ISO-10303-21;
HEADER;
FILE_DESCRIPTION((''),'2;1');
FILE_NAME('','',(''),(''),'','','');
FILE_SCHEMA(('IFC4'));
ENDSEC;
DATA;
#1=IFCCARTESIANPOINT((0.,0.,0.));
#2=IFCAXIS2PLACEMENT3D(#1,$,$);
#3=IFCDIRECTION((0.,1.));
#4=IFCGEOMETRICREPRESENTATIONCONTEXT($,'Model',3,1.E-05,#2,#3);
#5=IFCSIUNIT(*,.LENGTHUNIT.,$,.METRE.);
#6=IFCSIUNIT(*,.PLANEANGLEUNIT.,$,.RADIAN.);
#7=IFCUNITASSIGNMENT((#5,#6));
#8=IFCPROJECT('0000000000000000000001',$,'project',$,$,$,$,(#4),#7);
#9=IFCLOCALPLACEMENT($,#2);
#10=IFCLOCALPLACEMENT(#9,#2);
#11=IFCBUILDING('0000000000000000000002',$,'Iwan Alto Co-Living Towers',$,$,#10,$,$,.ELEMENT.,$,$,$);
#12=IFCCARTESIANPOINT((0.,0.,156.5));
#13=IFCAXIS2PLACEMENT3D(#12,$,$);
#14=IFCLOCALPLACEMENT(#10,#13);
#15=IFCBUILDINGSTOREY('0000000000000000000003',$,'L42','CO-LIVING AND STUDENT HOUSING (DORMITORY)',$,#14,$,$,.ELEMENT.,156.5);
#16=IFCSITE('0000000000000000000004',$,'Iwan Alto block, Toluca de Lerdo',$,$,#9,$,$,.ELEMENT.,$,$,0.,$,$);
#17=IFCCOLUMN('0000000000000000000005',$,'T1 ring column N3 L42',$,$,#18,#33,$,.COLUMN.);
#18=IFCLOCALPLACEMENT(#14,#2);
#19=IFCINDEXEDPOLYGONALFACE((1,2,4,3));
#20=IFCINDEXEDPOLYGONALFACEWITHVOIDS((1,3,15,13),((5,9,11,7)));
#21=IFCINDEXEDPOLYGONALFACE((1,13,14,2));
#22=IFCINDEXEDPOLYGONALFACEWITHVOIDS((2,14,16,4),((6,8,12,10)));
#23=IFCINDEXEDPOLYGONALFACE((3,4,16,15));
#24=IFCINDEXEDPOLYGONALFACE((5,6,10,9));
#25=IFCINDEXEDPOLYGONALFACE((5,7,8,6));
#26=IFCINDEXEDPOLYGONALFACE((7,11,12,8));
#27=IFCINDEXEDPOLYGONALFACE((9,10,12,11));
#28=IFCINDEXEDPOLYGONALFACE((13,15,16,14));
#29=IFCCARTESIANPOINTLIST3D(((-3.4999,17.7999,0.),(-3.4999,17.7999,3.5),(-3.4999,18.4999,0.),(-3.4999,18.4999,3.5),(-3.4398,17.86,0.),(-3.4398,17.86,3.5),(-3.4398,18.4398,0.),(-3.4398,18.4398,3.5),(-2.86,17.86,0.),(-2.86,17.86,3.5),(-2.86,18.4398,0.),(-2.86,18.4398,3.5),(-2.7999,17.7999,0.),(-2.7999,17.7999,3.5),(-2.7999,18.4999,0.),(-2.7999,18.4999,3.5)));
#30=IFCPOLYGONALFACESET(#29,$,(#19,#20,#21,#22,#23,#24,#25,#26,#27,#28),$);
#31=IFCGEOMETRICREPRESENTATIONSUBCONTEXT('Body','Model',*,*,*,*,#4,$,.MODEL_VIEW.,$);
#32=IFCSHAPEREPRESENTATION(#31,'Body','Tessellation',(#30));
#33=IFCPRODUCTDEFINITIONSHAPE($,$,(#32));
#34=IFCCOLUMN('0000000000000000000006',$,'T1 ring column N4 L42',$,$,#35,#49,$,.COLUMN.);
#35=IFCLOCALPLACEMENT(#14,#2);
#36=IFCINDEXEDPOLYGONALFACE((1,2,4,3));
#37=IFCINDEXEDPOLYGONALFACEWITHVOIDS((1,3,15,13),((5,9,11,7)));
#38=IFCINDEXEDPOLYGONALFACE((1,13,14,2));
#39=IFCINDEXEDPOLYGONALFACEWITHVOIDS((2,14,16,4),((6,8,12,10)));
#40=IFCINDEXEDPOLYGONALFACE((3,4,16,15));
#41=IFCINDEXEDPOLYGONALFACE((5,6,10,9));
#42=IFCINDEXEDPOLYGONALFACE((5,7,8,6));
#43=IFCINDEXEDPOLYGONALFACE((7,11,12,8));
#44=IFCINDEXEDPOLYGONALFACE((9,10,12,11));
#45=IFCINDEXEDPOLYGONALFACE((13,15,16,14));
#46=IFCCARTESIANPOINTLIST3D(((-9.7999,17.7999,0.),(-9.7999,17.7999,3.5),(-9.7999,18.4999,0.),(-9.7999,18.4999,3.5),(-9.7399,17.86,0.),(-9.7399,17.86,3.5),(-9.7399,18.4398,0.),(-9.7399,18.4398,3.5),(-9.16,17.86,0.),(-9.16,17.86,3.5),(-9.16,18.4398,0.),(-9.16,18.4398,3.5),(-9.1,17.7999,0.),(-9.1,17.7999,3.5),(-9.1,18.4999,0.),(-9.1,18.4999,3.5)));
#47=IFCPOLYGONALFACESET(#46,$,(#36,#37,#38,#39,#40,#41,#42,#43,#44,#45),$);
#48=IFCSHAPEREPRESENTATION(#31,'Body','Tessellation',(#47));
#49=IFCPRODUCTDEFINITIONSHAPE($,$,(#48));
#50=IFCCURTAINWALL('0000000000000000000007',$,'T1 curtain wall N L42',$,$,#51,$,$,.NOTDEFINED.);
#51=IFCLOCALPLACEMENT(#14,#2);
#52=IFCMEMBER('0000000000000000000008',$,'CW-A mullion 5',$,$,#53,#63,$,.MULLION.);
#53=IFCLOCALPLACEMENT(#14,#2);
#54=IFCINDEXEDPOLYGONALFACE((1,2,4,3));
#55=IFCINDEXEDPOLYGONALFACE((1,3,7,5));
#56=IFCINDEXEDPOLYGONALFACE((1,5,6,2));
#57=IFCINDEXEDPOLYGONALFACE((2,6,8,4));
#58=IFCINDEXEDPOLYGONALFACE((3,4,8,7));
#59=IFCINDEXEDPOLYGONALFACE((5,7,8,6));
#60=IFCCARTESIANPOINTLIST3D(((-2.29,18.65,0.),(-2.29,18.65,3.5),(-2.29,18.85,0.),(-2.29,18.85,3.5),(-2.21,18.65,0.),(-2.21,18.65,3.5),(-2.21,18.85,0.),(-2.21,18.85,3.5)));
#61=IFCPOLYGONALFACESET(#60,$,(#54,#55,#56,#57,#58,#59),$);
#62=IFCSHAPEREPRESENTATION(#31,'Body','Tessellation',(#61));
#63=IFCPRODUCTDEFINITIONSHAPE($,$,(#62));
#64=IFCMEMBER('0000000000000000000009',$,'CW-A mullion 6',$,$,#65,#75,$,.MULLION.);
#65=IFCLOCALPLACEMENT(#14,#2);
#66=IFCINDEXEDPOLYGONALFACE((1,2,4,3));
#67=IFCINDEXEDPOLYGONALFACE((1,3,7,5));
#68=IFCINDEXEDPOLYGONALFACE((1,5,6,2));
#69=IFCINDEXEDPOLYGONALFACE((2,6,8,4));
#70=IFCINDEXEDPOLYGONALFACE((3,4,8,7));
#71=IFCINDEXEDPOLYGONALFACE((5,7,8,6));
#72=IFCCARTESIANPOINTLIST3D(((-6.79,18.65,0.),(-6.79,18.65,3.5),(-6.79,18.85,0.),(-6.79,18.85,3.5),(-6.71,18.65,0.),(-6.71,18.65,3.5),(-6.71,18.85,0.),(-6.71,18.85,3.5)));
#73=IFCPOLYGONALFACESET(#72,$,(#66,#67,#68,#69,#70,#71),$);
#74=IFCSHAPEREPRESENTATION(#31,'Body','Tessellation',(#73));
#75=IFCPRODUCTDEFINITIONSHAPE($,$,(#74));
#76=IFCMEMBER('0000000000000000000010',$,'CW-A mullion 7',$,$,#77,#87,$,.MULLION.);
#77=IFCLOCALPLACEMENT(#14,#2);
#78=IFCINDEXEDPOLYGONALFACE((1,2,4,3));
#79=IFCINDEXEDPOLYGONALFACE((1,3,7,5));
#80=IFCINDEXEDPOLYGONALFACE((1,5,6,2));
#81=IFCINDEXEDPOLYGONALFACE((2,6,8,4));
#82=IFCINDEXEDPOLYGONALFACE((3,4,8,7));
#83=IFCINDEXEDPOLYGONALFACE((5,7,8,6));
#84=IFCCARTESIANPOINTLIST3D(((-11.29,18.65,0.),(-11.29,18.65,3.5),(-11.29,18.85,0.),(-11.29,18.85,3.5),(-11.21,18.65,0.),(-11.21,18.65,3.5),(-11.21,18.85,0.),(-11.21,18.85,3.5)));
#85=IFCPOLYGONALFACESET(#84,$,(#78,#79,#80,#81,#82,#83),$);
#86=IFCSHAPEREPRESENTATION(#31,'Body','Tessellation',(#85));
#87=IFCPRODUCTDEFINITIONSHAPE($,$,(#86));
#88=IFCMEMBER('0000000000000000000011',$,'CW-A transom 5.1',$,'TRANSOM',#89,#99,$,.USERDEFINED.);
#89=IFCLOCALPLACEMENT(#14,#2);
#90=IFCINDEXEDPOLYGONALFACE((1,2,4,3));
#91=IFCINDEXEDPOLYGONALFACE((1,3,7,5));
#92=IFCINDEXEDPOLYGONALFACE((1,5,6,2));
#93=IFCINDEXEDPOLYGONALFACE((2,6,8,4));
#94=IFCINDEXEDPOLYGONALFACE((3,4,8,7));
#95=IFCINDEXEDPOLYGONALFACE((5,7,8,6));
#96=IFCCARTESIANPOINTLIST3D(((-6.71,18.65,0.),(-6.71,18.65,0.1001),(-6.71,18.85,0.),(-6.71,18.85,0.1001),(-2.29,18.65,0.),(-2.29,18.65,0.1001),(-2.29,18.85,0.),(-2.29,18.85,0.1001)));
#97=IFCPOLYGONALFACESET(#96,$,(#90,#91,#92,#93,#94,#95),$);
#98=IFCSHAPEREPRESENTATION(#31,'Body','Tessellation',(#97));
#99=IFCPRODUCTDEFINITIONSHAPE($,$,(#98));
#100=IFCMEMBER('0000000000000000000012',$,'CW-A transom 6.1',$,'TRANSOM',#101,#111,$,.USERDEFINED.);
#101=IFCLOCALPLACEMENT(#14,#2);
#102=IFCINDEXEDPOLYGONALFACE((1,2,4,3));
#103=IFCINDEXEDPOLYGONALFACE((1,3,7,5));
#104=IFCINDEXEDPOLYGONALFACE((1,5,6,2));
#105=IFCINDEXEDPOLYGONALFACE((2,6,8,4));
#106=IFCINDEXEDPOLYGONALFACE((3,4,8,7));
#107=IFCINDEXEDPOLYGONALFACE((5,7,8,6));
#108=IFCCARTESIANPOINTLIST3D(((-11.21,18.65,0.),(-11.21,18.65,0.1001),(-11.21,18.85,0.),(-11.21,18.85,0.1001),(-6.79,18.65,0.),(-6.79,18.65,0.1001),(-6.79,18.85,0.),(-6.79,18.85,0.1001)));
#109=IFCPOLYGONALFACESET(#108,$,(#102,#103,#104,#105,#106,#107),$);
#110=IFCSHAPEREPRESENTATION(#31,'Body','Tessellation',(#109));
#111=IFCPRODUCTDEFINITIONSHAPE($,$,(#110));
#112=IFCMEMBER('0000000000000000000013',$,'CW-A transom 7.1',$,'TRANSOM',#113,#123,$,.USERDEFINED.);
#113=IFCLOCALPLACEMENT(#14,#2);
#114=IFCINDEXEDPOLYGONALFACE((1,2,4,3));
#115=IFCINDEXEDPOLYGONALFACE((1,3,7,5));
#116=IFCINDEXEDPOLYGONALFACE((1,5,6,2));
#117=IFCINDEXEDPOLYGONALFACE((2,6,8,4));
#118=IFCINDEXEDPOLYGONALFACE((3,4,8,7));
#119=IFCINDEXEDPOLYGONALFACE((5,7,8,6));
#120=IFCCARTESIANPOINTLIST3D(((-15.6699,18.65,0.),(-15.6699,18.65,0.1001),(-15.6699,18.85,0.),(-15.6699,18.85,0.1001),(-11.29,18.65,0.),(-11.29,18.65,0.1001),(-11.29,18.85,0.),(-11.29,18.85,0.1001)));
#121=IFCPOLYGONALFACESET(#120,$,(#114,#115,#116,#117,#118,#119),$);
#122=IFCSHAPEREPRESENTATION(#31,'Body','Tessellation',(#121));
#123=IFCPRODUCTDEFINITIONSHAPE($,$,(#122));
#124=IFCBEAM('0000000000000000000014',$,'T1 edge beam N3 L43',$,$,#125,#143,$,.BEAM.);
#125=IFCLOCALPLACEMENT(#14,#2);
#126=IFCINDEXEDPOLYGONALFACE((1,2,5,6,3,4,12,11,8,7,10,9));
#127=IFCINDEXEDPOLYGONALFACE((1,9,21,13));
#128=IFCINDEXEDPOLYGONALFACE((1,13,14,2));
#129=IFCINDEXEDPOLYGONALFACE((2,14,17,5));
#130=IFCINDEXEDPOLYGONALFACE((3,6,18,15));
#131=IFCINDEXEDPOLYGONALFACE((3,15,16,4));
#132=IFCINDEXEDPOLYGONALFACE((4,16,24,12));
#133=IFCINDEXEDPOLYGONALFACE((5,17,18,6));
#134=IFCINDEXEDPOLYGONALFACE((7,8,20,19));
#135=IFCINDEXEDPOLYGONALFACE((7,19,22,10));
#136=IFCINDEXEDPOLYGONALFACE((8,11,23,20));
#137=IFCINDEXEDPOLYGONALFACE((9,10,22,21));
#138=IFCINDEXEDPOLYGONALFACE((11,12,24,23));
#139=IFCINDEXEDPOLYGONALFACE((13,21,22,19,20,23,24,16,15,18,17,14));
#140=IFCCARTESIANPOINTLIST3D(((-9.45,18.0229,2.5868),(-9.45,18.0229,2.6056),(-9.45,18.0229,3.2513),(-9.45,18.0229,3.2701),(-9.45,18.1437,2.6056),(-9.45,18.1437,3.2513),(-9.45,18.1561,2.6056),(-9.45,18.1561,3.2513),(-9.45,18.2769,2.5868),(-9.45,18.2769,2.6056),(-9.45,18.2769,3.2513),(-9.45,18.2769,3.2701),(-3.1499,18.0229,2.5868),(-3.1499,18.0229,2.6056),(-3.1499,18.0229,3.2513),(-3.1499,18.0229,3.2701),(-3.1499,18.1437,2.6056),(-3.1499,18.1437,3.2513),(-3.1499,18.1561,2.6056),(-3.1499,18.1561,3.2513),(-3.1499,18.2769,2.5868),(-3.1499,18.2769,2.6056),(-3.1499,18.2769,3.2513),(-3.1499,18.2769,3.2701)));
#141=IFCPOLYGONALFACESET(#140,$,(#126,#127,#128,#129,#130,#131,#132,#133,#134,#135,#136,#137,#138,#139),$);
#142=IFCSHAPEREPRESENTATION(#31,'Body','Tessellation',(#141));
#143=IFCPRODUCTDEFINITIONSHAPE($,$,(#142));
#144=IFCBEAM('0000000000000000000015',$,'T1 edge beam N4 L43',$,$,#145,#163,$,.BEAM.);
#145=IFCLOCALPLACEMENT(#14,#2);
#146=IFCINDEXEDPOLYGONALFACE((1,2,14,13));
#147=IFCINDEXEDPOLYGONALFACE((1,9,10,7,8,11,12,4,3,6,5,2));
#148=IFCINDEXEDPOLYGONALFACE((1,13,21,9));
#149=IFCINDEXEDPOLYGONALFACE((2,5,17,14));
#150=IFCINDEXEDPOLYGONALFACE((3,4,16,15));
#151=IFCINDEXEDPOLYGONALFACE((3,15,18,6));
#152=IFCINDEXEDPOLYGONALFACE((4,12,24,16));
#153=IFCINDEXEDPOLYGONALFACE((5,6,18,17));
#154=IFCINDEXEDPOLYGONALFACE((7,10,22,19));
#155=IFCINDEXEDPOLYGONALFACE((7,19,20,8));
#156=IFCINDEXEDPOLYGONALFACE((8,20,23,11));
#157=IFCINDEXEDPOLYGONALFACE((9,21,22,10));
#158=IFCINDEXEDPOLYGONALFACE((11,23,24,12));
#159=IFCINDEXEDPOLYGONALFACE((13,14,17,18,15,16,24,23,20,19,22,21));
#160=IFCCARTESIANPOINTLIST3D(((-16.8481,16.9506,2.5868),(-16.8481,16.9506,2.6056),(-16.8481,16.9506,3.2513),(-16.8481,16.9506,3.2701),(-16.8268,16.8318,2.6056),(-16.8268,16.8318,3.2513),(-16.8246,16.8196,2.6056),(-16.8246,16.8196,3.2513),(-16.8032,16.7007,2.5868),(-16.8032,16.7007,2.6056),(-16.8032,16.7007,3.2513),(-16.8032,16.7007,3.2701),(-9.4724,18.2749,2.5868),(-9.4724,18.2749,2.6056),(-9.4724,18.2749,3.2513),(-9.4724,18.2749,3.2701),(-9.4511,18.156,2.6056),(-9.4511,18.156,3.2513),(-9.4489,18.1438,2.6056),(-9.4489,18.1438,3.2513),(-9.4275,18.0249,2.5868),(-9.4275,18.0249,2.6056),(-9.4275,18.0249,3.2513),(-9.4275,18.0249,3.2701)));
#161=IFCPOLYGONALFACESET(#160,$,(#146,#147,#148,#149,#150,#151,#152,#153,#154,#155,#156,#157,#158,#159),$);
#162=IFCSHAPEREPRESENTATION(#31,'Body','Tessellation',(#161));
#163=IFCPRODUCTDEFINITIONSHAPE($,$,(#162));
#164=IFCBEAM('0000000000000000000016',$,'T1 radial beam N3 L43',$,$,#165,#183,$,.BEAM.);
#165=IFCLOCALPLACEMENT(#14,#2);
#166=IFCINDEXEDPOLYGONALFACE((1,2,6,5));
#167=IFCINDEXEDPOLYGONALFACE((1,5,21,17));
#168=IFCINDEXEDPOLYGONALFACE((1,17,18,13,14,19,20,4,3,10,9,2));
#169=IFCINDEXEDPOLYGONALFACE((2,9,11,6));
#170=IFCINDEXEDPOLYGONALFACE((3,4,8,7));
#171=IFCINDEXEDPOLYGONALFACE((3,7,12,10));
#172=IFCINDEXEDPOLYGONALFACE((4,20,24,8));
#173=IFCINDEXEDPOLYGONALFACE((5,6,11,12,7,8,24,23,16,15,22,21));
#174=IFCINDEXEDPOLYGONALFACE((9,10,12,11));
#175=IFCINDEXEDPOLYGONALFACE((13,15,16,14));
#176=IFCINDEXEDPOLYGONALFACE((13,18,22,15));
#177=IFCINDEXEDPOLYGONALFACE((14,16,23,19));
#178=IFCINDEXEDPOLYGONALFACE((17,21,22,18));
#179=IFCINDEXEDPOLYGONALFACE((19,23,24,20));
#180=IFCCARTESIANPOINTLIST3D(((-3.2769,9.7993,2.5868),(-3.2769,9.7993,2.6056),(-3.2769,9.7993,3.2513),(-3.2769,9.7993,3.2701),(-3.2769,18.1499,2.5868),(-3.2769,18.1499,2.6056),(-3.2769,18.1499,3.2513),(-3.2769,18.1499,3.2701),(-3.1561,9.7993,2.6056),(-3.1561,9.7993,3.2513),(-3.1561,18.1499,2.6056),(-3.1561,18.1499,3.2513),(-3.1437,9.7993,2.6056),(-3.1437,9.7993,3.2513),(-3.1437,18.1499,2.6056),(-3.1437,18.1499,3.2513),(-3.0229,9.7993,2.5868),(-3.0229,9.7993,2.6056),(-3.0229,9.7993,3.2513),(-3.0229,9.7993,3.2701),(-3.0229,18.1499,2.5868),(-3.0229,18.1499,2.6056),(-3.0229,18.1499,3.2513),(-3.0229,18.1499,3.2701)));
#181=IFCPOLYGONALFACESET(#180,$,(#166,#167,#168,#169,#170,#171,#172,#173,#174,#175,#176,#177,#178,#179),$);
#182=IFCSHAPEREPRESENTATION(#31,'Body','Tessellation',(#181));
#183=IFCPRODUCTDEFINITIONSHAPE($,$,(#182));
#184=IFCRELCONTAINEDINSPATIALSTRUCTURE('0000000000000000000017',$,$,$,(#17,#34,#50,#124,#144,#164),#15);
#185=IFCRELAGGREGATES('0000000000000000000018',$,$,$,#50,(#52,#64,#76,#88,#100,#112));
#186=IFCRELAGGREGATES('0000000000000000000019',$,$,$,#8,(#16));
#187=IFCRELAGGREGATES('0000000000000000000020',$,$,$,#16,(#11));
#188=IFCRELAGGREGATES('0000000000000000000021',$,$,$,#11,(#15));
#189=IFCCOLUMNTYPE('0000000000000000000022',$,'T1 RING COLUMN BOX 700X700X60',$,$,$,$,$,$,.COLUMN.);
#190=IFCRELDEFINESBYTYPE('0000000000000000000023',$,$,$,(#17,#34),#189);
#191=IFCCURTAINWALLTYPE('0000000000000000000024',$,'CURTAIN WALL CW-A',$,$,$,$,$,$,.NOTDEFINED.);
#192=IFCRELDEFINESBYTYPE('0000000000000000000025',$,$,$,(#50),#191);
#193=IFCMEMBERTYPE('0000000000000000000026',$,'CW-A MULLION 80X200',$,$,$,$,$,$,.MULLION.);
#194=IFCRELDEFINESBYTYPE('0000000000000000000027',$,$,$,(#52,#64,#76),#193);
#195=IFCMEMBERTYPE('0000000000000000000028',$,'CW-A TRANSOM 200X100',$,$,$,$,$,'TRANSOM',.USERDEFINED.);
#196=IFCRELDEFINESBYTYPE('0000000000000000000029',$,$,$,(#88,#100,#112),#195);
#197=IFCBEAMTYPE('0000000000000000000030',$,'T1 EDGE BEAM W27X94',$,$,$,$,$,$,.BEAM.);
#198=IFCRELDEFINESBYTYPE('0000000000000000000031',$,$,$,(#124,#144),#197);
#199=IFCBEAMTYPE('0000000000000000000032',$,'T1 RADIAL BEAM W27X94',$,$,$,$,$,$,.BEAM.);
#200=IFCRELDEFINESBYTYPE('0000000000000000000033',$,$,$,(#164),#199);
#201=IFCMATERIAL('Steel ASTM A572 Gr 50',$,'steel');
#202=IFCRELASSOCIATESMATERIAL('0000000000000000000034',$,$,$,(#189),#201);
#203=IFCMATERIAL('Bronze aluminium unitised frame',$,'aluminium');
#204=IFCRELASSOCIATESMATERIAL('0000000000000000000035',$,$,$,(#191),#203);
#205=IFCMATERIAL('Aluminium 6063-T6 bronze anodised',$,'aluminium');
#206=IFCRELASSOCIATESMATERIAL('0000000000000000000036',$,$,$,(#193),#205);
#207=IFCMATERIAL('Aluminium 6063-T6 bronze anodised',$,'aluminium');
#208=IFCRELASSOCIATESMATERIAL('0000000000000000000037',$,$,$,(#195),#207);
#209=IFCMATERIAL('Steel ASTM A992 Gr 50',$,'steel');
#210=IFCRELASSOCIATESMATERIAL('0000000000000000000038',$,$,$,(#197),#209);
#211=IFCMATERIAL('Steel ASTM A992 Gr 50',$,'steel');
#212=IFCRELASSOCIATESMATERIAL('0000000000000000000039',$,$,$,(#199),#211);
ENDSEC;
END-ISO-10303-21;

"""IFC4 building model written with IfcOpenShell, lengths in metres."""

from ifc_helpers import new_model, si_unit, direction, frame, origin, origin_2d, place, context, subcontext, project, spatial, rectangle, hollow_rectangle, i_section, extrude, material, material_profile, profile_set, type_object, element, aggregate, save


model = new_model("IFC4")

# Units and contexts
model_context = context("Model", 3, precision=1e-05, world=origin(), true_north=direction((0.0, 1.0)))
body_context = subcontext(model_context, "Body", "Model", "MODEL_VIEW")
ifc_project = project(units=[si_unit("LENGTHUNIT", "METRE"), si_unit("PLANEANGLEUNIT", "RADIAN")], contexts=[model_context])

# Site, building, storey
site_placement = place(None, origin())
site = spatial("IfcSite", under=ifc_project, at=site_placement, Name="Iwan Alto block, Toluca de Lerdo", CompositionType="ELEMENT", RefElevation=0.0)
building_placement = place(site_placement, origin())
building = spatial("IfcBuilding", under=site, at=building_placement, Name="Iwan Alto Co-Living Towers", CompositionType="ELEMENT")
storey_placement = place(building_placement, frame((0.0, 0.0, 156.5)))
storey = spatial("IfcBuildingStorey", under=building, at=storey_placement, Name="L42", Description="CO-LIVING AND STUDENT HOUSING (DORMITORY)", CompositionType="ELEMENT", Elevation=156.5)

# Columns
ifc_material_1 = material(Name="Steel ASTM A572 Gr 50", Category="steel")
ifc_material_profile_1 = material_profile(ifc_material_1, hollow_rectangle(XDim=0.7, YDim=0.7, WallThickness=0.0601, at=origin_2d()), Name="BOX 700X700X60")
ifc_profile_set_1 = profile_set([ifc_material_profile_1], Name="Steel ASTM A572 Gr 50")
column_type = type_object("IfcColumnType", Name="T1 RING COLUMN BOX 700X700X60", PredefinedType="COLUMN", material=ifc_profile_set_1)
for number, where, z_axis, x_axis, name in (
    (1, (-3.1499, 18.1499, 0.0), (0.0, 0.0, 1.0), (1.0, 0.0, 0.0), "T1 ring column N3 L42"),
    (2, (-9.45, 18.1499, 0.0), (0.0, 0.0, 1.0), (1.0, 0.0, 0.0), "T1 ring column N4 L42"),
):
    element("IfcColumn", number, at=place(storey_placement, frame(where, z_axis=z_axis, x_axis=x_axis)), inside=storey, type_object=column_type, Name=name, PredefinedType="COLUMN", context=body_context, shape_type="SweptSolid", body=[
        extrude(hollow_rectangle(XDim=0.7, YDim=0.7, WallThickness=0.0601, at=origin_2d()), origin(), (0.0, 0.0, 1.0), 3.5),
    ])

# Curtain wall, members
ifc_material_2 = material(Name="Bronze aluminium unitised frame", Category="aluminium")
curtain_wall_type = type_object("IfcCurtainWallType", Name="CURTAIN WALL CW-A", PredefinedType="NOTDEFINED", material=ifc_material_2)
curtain_wall_placement = place(storey_placement, origin())
curtain_wall = element("IfcCurtainWall", 3, at=curtain_wall_placement, inside=storey, type_object=curtain_wall_type, Name="T1 curtain wall N L42", PredefinedType="NOTDEFINED")
ifc_material_3 = material(Name="Aluminium 6063-T6 bronze anodised", Category="aluminium")
ifc_material_profile_2 = material_profile(ifc_material_3, rectangle(XDim=0.2, YDim=0.0801, at=origin_2d()), Name="AL 80X200")
ifc_profile_set_2 = profile_set([ifc_material_profile_2], Name="Aluminium 6063-T6 bronze anodised")
member_type_1 = type_object("IfcMemberType", Name="CW-A MULLION 80X200", PredefinedType="MULLION", material=ifc_profile_set_2)
member_1_placement = place(storey_placement, frame((-2.25, 18.75, 0.0), z_axis=(0.0, 0.0, 1.0), x_axis=(0.0, -1.0, 0.0)))
member_1 = element("IfcMember", 4, at=member_1_placement, type_object=member_type_1, Name="CW-A mullion 5", PredefinedType="MULLION", context=body_context, shape_type="SweptSolid", body=[
    extrude(rectangle(XDim=0.2, YDim=0.0801, at=origin_2d()), origin(), (0.0, 0.0, 1.0), 3.5),
])
member_2_placement = place(storey_placement, frame((-6.75, 18.75, 0.0), z_axis=(0.0, 0.0, 1.0), x_axis=(0.0, -1.0, 0.0)))
member_2 = element("IfcMember", 5, at=member_2_placement, type_object=member_type_1, Name="CW-A mullion 6", PredefinedType="MULLION", context=body_context, shape_type="SweptSolid", body=[
    extrude(rectangle(XDim=0.2, YDim=0.0801, at=origin_2d()), origin(), (0.0, 0.0, 1.0), 3.5),
])
member_3_placement = place(storey_placement, frame((-11.25, 18.75, 0.0), z_axis=(0.0, 0.0, 1.0), x_axis=(0.0, -1.0, 0.0)))
member_3 = element("IfcMember", 6, at=member_3_placement, type_object=member_type_1, Name="CW-A mullion 7", PredefinedType="MULLION", context=body_context, shape_type="SweptSolid", body=[
    extrude(rectangle(XDim=0.2, YDim=0.0801, at=origin_2d()), origin(), (0.0, 0.0, 1.0), 3.5),
])
ifc_material_4 = material(Name="Aluminium 6063-T6 bronze anodised", Category="aluminium")
ifc_material_profile_3 = material_profile(ifc_material_4, rectangle(XDim=0.2, YDim=0.1001, at=origin_2d()), Name="AL 200X100")
ifc_profile_set_3 = profile_set([ifc_material_profile_3], Name="Aluminium 6063-T6 bronze anodised")
member_type_2 = type_object("IfcMemberType", Name="CW-A TRANSOM 200X100", ElementType="TRANSOM", PredefinedType="USERDEFINED", material=ifc_profile_set_3)
member_4_placement = place(storey_placement, frame((-2.29, 18.75, 0.05), z_axis=(-1.0, 0.0, 0.0), x_axis=(0.0, -1.0, 0.0)))
member_4 = element("IfcMember", 7, at=member_4_placement, type_object=member_type_2, Name="CW-A transom 5.1", ObjectType="TRANSOM", PredefinedType="USERDEFINED", context=body_context, shape_type="SweptSolid", body=[
    extrude(rectangle(XDim=0.2, YDim=0.1001, at=origin_2d()), origin(), (0.0, 0.0, 1.0), 4.4199),
])
member_5_placement = place(storey_placement, frame((-6.79, 18.75, 0.05), z_axis=(-1.0, 0.0, 0.0), x_axis=(0.0, -1.0, 0.0)))
member_5 = element("IfcMember", 8, at=member_5_placement, type_object=member_type_2, Name="CW-A transom 6.1", ObjectType="TRANSOM", PredefinedType="USERDEFINED", context=body_context, shape_type="SweptSolid", body=[
    extrude(rectangle(XDim=0.2, YDim=0.1001, at=origin_2d()), origin(), (0.0, 0.0, 1.0), 4.4199),
])
member_6_placement = place(storey_placement, frame((-11.29, 18.75, 0.05), z_axis=(-1.0, 0.0, 0.0), x_axis=(0.0, -1.0, 0.0)))
member_6 = element("IfcMember", 9, at=member_6_placement, type_object=member_type_2, Name="CW-A transom 7.1", ObjectType="TRANSOM", PredefinedType="USERDEFINED", context=body_context, shape_type="SweptSolid", body=[
    extrude(rectangle(XDim=0.2, YDim=0.1001, at=origin_2d()), origin(), (0.0, 0.0, 1.0), 4.3799),
])

# Beams
ifc_material_5 = material(Name="Steel ASTM A992 Gr 50", Category="steel")
ifc_material_profile_4 = material_profile(ifc_material_5, i_section(OverallWidth=0.2539, OverallDepth=0.6833, WebThickness=0.0125, FlangeThickness=0.0188, at=origin_2d()), Name="W27X94")
ifc_profile_set_4 = profile_set([ifc_material_profile_4], Name="Steel ASTM A992 Gr 50")
beam_type_1 = type_object("IfcBeamType", Name="T1 EDGE BEAM W27X94", PredefinedType="BEAM", material=ifc_profile_set_4)
beam_1_placement = place(storey_placement, frame((-3.1499, 18.1499, 2.9285), z_axis=(-1.0, 0.0, 0.0), x_axis=(0.0, -1.0, 0.0)))
element("IfcBeam", 10, at=beam_1_placement, inside=storey, type_object=beam_type_1, Name="T1 edge beam N3 L43", PredefinedType="BEAM", context=body_context, shape_type="SweptSolid", body=[
    extrude(i_section(OverallWidth=0.2539, OverallDepth=0.6833, WebThickness=0.0125, FlangeThickness=0.0188, at=origin_2d()), origin(), (0.0, 0.0, 1.0), 6.3),
])
beam_2_placement = place(storey_placement, frame((-9.45, 18.1499, 2.9285), z_axis=(-0.984263, -0.176712, 0.0), x_axis=(0.176712, -0.984263, 0.0)))
element("IfcBeam", 11, at=beam_2_placement, inside=storey, type_object=beam_type_1, Name="T1 edge beam N4 L43", PredefinedType="BEAM", context=body_context, shape_type="SweptSolid", body=[
    extrude(i_section(OverallWidth=0.2539, OverallDepth=0.6833, WebThickness=0.0125, FlangeThickness=0.0188, at=origin_2d()), origin(), (0.0, 0.0, 1.0), 7.4937),
])
ifc_material_6 = material(Name="Steel ASTM A992 Gr 50", Category="steel")
ifc_material_profile_5 = material_profile(ifc_material_6, i_section(OverallWidth=0.2539, OverallDepth=0.6833, WebThickness=0.0125, FlangeThickness=0.0188, at=origin_2d()), Name="W27X94")
ifc_profile_set_5 = profile_set([ifc_material_profile_5], Name="Steel ASTM A992 Gr 50")
beam_type_2 = type_object("IfcBeamType", Name="T1 RADIAL BEAM W27X94", PredefinedType="BEAM", material=ifc_profile_set_5)
for number, where, z_axis, x_axis, name in (
    (12, (-3.1499, 18.1499, 2.9285), (0.0, -1.0, 0.0), (1.0, 0.0, 0.0), "T1 radial beam N3 L43"),
):
    element("IfcBeam", number, at=place(storey_placement, frame(where, z_axis=z_axis, x_axis=x_axis)), inside=storey, type_object=beam_type_2, Name=name, PredefinedType="BEAM", context=body_context, shape_type="SweptSolid", body=[
        extrude(i_section(OverallWidth=0.2539, OverallDepth=0.6833, WebThickness=0.0125, FlangeThickness=0.0188, at=origin_2d()), origin(), (0.0, 0.0, 1.0), 8.3506),
    ])

aggregate(curtain_wall, [member_1, member_2, member_3, member_4, member_5, member_6])

save(model, "model.ifc")
